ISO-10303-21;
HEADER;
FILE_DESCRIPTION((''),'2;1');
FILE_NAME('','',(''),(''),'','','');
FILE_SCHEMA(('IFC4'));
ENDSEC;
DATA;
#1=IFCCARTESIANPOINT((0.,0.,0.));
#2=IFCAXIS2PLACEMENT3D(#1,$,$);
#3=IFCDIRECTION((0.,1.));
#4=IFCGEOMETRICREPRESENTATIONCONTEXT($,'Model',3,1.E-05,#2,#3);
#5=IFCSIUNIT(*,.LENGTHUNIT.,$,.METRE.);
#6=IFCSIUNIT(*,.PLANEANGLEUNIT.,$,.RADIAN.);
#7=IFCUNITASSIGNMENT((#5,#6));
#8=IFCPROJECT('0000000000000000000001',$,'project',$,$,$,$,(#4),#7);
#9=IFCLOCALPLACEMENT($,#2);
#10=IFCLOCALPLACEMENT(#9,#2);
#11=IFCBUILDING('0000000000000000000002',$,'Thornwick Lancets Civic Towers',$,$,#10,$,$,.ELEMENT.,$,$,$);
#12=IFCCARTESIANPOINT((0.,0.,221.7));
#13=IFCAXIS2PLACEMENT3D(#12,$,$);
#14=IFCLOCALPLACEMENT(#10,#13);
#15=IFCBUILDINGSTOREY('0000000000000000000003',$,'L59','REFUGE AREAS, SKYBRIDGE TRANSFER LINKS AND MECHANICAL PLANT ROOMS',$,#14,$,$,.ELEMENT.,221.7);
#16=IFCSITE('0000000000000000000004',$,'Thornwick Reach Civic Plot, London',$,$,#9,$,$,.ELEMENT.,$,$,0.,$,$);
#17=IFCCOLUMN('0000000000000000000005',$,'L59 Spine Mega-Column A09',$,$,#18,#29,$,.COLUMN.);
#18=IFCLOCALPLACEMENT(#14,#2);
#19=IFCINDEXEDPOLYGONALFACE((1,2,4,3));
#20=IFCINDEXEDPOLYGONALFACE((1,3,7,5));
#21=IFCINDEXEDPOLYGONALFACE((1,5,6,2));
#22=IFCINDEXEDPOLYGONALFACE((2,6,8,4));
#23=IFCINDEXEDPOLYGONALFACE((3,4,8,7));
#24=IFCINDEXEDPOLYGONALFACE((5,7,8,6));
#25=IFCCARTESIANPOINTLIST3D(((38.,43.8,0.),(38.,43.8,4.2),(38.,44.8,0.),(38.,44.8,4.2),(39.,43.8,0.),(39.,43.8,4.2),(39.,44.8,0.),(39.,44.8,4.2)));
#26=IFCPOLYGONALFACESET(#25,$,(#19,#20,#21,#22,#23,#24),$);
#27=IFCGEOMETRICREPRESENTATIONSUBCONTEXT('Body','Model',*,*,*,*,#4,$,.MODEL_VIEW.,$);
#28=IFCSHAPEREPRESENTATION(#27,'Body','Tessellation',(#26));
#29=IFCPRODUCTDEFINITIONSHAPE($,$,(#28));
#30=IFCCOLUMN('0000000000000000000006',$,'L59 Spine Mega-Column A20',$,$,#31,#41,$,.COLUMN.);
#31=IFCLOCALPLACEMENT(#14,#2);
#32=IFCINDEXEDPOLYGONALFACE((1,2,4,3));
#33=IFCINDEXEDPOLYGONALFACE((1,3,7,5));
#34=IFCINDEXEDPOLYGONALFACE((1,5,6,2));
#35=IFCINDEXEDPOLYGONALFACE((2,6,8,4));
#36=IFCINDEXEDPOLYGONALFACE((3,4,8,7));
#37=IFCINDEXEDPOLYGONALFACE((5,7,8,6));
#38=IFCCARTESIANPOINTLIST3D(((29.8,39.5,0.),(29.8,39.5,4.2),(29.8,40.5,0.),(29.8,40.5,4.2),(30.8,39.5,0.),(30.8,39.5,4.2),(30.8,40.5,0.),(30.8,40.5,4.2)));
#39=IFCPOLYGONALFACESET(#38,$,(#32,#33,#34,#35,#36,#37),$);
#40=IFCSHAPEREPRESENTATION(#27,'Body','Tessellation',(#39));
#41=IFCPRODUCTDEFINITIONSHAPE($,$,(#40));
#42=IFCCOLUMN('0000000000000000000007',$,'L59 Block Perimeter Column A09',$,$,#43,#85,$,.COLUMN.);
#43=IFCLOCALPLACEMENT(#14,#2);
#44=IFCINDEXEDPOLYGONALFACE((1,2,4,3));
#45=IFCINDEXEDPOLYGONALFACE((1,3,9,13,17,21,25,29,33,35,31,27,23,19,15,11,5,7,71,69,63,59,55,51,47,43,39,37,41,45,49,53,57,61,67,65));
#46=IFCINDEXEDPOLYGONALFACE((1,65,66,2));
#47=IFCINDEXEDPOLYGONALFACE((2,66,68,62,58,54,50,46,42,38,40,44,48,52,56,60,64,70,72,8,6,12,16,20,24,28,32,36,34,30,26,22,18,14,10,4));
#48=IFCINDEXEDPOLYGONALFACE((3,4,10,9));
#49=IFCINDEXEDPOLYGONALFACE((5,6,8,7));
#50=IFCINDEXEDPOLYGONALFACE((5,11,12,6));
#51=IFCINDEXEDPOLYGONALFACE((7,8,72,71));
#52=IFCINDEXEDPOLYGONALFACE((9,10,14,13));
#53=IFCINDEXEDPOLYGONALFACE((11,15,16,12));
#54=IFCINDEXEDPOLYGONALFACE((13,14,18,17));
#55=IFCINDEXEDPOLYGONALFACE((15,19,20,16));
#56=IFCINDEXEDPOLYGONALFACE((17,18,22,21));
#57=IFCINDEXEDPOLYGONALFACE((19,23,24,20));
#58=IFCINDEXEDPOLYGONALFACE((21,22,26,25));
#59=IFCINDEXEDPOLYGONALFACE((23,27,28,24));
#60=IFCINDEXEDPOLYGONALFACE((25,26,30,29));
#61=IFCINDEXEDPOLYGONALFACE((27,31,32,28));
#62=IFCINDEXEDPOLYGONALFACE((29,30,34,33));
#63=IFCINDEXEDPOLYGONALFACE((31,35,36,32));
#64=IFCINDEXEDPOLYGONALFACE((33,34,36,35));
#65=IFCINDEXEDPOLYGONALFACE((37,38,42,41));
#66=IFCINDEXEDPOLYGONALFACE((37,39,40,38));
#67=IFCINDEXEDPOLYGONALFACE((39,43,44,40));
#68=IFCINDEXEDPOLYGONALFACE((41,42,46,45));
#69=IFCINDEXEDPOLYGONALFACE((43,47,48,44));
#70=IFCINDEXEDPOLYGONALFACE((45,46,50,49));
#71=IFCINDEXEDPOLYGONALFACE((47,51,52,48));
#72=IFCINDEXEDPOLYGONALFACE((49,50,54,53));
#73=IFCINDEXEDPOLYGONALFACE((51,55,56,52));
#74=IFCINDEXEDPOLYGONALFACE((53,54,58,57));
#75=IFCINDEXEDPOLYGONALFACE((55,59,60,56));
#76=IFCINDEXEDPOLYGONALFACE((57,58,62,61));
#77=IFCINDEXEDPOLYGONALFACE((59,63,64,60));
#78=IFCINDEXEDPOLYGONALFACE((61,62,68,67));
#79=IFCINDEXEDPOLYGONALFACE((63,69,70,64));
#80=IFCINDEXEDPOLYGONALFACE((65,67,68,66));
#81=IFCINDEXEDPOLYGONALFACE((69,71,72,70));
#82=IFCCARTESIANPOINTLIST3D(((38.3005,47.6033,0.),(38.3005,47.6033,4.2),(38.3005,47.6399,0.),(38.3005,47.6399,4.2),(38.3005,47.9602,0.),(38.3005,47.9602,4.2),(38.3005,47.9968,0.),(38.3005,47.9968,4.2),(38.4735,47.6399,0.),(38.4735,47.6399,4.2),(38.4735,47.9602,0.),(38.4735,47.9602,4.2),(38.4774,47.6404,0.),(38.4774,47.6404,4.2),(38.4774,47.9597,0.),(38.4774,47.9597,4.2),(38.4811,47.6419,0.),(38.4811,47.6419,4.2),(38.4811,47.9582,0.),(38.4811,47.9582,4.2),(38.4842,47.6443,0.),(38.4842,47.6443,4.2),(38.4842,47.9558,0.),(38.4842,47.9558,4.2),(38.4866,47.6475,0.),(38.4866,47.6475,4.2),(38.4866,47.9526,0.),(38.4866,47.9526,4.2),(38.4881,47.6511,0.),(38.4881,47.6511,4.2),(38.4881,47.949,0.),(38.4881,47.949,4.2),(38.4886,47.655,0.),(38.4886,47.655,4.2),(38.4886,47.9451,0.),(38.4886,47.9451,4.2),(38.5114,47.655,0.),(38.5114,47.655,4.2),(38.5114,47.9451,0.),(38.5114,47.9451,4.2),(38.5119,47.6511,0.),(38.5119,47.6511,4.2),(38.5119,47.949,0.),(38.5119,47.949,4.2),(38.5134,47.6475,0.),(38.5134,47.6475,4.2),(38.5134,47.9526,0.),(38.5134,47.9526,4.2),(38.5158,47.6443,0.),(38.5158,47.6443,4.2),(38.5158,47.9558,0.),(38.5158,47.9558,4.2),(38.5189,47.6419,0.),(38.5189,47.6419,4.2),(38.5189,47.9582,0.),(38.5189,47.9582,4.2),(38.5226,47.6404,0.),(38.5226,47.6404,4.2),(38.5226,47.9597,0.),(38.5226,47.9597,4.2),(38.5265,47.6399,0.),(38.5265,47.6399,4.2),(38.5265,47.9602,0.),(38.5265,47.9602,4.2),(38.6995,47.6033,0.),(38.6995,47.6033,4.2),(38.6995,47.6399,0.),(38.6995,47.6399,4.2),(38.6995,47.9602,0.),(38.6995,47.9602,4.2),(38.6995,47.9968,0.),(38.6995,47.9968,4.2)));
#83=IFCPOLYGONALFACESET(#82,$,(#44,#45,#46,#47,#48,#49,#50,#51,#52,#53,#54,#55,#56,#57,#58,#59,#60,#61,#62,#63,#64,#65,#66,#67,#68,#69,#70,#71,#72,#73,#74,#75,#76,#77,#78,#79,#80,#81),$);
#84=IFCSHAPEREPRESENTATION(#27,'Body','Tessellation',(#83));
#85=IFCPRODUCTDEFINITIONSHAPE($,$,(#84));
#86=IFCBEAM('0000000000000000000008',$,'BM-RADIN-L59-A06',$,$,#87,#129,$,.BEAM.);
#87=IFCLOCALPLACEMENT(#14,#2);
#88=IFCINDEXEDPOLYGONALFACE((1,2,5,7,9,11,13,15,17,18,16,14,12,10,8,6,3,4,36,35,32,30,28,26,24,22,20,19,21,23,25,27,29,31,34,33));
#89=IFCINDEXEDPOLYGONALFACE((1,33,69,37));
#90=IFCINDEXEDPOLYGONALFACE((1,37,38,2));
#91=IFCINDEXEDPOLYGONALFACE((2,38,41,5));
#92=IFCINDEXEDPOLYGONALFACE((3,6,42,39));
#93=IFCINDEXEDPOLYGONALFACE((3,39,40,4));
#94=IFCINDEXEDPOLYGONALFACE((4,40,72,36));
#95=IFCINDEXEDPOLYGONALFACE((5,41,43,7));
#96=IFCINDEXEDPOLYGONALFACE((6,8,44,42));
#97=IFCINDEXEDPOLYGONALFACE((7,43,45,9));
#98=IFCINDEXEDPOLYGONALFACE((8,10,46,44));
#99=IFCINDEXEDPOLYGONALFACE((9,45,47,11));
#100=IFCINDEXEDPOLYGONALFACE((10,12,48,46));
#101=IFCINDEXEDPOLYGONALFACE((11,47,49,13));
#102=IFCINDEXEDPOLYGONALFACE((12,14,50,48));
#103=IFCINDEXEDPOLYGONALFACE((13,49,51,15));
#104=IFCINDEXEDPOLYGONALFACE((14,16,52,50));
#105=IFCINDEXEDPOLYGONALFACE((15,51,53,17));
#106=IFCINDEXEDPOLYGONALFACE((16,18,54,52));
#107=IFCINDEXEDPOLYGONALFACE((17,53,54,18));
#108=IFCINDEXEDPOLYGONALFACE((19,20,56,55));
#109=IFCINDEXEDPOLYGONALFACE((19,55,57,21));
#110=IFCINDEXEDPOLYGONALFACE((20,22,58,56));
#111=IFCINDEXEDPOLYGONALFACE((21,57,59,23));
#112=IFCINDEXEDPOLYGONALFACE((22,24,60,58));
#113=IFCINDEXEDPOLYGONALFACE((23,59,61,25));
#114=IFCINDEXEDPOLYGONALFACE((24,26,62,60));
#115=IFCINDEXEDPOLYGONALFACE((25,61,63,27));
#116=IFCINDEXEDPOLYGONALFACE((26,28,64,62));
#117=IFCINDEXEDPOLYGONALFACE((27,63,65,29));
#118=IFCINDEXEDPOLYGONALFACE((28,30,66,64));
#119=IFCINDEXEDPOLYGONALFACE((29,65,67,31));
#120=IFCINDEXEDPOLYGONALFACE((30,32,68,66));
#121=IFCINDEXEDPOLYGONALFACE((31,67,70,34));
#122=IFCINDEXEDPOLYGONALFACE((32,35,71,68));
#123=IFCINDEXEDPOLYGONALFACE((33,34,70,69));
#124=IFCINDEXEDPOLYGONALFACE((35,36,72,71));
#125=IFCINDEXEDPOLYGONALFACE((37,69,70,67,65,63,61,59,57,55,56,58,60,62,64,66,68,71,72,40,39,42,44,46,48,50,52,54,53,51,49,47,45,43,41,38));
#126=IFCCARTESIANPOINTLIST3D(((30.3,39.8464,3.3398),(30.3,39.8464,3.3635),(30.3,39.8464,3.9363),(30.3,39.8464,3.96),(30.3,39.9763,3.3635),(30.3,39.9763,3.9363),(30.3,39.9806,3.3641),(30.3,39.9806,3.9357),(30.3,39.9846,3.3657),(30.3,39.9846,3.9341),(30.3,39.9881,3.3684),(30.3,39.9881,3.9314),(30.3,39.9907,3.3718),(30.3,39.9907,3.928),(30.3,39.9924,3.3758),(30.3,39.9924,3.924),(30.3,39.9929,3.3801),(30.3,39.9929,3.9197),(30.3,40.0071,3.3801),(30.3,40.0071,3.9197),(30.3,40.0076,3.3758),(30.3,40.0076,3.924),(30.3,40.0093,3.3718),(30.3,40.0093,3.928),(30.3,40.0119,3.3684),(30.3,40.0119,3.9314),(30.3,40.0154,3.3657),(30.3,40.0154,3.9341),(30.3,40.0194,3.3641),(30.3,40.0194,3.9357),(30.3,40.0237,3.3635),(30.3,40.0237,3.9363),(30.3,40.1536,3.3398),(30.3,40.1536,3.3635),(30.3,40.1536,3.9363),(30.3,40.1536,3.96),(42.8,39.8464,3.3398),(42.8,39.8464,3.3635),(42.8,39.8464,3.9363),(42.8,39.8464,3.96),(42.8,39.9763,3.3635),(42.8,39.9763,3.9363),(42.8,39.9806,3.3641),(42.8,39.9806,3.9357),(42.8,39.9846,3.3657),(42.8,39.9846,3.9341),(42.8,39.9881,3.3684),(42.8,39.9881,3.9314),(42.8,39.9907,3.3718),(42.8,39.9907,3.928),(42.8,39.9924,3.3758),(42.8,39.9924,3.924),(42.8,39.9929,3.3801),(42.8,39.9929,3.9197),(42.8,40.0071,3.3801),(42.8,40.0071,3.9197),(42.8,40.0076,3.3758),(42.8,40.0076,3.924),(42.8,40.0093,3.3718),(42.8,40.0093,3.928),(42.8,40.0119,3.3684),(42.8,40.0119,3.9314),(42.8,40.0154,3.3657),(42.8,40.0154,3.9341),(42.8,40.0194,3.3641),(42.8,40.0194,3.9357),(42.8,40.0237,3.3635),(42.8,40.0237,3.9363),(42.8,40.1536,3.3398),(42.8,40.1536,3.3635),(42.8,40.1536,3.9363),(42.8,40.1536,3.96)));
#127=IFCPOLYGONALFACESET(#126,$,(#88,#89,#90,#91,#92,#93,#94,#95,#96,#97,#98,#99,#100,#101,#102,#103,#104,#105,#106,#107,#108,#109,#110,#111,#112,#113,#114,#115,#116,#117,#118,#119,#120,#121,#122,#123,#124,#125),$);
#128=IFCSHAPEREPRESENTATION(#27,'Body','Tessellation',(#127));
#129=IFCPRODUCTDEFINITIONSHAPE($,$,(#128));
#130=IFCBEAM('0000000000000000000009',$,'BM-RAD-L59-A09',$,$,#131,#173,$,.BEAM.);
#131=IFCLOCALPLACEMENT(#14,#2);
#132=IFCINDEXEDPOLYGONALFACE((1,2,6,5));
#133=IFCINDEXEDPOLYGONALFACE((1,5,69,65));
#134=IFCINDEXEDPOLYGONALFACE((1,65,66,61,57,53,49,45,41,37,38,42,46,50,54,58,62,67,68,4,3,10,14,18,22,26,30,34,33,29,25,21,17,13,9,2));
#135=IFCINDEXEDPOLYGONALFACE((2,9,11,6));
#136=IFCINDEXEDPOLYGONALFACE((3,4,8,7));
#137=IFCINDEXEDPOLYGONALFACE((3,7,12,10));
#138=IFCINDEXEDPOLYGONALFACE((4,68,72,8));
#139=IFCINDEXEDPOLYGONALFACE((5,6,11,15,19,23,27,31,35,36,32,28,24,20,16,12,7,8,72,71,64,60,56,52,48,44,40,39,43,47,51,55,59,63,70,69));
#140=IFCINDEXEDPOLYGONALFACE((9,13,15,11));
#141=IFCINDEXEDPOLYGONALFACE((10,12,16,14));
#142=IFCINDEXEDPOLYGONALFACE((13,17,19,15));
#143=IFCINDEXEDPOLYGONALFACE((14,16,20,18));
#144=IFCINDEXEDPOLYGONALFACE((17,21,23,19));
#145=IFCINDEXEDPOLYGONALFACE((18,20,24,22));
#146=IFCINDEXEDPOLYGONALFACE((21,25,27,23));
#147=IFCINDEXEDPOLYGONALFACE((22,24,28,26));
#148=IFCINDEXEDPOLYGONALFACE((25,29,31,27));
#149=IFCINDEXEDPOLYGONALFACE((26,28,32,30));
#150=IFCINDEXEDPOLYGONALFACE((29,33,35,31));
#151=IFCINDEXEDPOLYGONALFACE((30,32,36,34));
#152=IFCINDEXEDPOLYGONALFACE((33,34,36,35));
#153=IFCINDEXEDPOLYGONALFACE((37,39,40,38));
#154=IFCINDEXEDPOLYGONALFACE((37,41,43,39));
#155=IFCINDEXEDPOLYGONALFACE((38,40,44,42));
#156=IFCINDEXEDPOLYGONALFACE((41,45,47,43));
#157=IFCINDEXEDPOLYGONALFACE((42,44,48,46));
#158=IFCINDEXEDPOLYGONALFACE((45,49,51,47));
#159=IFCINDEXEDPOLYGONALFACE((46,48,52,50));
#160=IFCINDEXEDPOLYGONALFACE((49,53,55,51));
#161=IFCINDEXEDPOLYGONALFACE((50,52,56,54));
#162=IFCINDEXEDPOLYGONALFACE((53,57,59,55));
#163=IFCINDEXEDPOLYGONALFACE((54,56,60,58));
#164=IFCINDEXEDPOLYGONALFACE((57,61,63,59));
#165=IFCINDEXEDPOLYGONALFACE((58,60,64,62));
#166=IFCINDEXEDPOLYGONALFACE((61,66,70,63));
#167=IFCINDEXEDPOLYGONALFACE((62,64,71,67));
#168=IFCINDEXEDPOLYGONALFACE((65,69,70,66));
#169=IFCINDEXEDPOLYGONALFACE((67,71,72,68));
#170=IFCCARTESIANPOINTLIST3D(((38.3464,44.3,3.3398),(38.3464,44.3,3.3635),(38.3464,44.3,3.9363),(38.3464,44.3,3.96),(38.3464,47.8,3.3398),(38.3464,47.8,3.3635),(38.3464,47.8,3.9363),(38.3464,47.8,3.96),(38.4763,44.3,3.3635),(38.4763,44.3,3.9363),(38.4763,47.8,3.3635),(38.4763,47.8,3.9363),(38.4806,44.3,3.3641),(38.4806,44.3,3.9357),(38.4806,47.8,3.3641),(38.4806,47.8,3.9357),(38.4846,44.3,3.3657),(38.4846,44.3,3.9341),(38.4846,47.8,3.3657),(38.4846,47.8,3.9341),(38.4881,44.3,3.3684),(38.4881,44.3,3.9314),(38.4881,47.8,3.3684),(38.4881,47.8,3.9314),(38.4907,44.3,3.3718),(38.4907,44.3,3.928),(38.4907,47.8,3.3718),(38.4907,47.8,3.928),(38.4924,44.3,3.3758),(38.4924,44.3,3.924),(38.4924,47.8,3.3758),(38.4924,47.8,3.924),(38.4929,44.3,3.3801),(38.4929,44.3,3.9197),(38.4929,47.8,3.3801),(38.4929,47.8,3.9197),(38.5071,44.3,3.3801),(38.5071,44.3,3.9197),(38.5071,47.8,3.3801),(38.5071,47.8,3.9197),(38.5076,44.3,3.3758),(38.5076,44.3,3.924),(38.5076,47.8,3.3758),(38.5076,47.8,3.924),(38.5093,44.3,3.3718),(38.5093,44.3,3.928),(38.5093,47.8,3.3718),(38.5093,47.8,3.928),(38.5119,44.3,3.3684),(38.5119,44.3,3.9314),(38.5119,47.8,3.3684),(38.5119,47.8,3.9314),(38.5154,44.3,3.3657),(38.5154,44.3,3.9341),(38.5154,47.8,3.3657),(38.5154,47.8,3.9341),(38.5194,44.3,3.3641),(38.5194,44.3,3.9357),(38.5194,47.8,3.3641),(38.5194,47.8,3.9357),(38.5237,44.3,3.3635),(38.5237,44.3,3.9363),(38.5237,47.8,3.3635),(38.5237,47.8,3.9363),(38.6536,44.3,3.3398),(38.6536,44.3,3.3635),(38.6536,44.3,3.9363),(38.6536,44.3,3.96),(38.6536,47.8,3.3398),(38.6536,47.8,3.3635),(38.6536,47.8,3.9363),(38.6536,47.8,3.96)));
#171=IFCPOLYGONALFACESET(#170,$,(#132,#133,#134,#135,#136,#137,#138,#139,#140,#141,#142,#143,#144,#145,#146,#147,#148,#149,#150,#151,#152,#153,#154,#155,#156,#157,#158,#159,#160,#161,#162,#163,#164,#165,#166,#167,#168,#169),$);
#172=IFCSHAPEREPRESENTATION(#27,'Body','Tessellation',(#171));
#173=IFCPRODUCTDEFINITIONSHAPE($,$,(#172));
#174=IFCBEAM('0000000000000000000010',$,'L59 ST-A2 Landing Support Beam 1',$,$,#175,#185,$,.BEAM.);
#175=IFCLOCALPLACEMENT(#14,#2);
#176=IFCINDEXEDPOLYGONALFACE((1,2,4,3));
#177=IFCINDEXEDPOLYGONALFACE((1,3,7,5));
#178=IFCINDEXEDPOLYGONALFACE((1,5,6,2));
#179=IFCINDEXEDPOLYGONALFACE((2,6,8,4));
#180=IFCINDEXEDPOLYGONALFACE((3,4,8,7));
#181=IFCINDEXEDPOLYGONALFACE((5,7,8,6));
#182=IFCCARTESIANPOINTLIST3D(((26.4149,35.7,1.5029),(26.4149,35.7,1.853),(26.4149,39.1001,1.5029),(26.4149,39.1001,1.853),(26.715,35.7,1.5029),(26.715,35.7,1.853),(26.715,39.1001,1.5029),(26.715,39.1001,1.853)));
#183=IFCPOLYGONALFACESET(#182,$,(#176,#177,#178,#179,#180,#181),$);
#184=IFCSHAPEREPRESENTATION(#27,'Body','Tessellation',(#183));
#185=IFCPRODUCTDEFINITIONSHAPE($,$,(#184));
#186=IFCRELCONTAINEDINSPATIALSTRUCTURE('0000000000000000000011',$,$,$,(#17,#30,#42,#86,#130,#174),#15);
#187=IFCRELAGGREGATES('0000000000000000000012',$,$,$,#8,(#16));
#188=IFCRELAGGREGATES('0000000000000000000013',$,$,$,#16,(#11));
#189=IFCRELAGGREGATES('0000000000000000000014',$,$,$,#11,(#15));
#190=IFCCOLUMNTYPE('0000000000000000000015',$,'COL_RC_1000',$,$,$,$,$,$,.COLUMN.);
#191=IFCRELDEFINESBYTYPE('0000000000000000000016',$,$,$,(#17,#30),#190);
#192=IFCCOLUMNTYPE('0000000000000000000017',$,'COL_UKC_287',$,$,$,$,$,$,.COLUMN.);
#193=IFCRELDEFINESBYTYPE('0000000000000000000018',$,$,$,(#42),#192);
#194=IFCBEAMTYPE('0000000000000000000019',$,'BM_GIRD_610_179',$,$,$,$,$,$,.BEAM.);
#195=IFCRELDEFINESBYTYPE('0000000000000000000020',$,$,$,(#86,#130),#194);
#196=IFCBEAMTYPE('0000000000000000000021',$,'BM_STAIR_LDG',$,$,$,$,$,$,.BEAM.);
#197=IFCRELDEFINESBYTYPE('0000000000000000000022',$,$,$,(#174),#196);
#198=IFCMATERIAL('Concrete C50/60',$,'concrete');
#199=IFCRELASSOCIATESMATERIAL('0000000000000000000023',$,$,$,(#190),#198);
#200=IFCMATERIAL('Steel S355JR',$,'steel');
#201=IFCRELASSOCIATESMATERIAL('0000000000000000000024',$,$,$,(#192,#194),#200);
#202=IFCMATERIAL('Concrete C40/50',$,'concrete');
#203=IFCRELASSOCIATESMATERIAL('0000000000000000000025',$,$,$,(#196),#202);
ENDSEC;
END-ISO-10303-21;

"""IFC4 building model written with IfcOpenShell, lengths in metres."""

from ifc_helpers import new_model, si_unit, direction, frame, origin, origin_2d, place, context, subcontext, project, spatial, rectangle, i_section, extrude, material, material_profile, profile_set, type_object, element, save


model = new_model("IFC4")

# Units and contexts
model_context = context("Model", 3, precision=1e-05, world=origin(), true_north=direction((0.0, 1.0)))
body_context = subcontext(model_context, "Body", "Model", "MODEL_VIEW")
ifc_project = project(units=[si_unit("LENGTHUNIT", "METRE"), si_unit("PLANEANGLEUNIT", "RADIAN")], contexts=[model_context])

# Site, building, storey
site_placement = place(None, origin())
site = spatial("IfcSite", under=ifc_project, at=site_placement, Name="Thornwick Reach Civic Plot, London", CompositionType="ELEMENT", RefElevation=0.0)
building_placement = place(site_placement, origin())
building = spatial("IfcBuilding", under=site, at=building_placement, Name="Thornwick Lancets Civic Towers", CompositionType="ELEMENT")
storey_placement = place(building_placement, frame((0.0, 0.0, 221.7)))
storey = spatial("IfcBuildingStorey", under=building, at=storey_placement, Name="L59", Description="REFUGE AREAS, SKYBRIDGE TRANSFER LINKS AND MECHANICAL PLANT ROOMS", CompositionType="ELEMENT", Elevation=221.7)

# Columns
ifc_material_1 = material(Name="Concrete C50/60", Category="concrete")
ifc_material_profile_1 = material_profile(ifc_material_1, rectangle(XDim=1.0, YDim=1.0, at=origin_2d()), Name="RC 1000x1000")
ifc_profile_set_1 = profile_set([ifc_material_profile_1], Name="Concrete C50/60")
column_type_1 = type_object("IfcColumnType", Name="COL_RC_1000", PredefinedType="COLUMN", material=ifc_profile_set_1)
for number, where, z_axis, x_axis, name in (
    (1, (38.5, 44.3, 0.0), (0.0, 0.0, 1.0), (1.0, 0.0, 0.0), "L59 Spine Mega-Column A09"),
    (2, (30.3, 40.0, 0.0), (0.0, 0.0, 1.0), (1.0, 0.0, 0.0), "L59 Spine Mega-Column A20"),
):
    element("IfcColumn", number, at=place(storey_placement, frame(where, z_axis=z_axis, x_axis=x_axis)), inside=storey, type_object=column_type_1, Name=name, PredefinedType="COLUMN", context=body_context, shape_type="SweptSolid", body=[
        extrude(rectangle(XDim=1.0, YDim=1.0, at=origin_2d()), origin(), (0.0, 0.0, 1.0), 4.2),
    ])
ifc_material_2 = material(Name="Steel S355JR", Category="steel")
ifc_material_profile_2 = material_profile(ifc_material_2, i_section(OverallWidth=0.3989, OverallDepth=0.3936, WebThickness=0.0227, FlangeThickness=0.0366, FilletRadius=0.0151, at=origin_2d()), Name="UKC 356x406x287")
ifc_profile_set_2 = profile_set([ifc_material_profile_2], Name="Steel S355JR")
column_type_2 = type_object("IfcColumnType", Name="COL_UKC_287", PredefinedType="COLUMN", material=ifc_profile_set_2)
column_placement = place(storey_placement, frame((38.5, 47.8, 0.0), z_axis=(0.0, 0.0, 1.0), x_axis=(1.0, 0.0, 0.0)))
element("IfcColumn", 3, at=column_placement, inside=storey, type_object=column_type_2, Name="L59 Block Perimeter Column A09", PredefinedType="COLUMN", context=body_context, shape_type="SweptSolid", body=[
    extrude(i_section(OverallWidth=0.3989, OverallDepth=0.3936, WebThickness=0.0227, FlangeThickness=0.0366, FilletRadius=0.0151, at=origin_2d()), origin(), (0.0, 0.0, 1.0), 4.2),
])

# Beams
ifc_material_profile_3 = material_profile(ifc_material_2, i_section(OverallWidth=0.3071, OverallDepth=0.6201, WebThickness=0.0142, FlangeThickness=0.0237, FilletRadius=0.0166, at=origin_2d()), Name="UKB 610x305x179")
ifc_profile_set_3 = profile_set([ifc_material_profile_3], Name="Steel S355JR")
beam_type_1 = type_object("IfcBeamType", Name="BM_GIRD_610_179", PredefinedType="BEAM", material=ifc_profile_set_3)
beam_1_placement = place(storey_placement, frame((30.3, 40.0, 3.6499), z_axis=(1.0, 0.0, 0.0), x_axis=(0.0, 1.0, 0.0)))
element("IfcBeam", 4, at=beam_1_placement, inside=storey, type_object=beam_type_1, Name="BM-RADIN-L59-A06", PredefinedType="BEAM", context=body_context, shape_type="SweptSolid", body=[
    extrude(i_section(OverallWidth=0.3071, OverallDepth=0.6201, WebThickness=0.0142, FlangeThickness=0.0237, FilletRadius=0.0166, at=origin_2d()), origin(), (0.0, 0.0, 1.0), 12.5),
])
beam_2_placement = place(storey_placement, frame((38.5, 44.3, 3.6499), z_axis=(0.0, 1.0, 0.0), x_axis=(-1.0, 0.0, 0.0)))
element("IfcBeam", 5, at=beam_2_placement, inside=storey, type_object=beam_type_1, Name="BM-RAD-L59-A09", PredefinedType="BEAM", context=body_context, shape_type="SweptSolid", body=[
    extrude(i_section(OverallWidth=0.3071, OverallDepth=0.6201, WebThickness=0.0142, FlangeThickness=0.0237, FilletRadius=0.0166, at=origin_2d()), origin(), (0.0, 0.0, 1.0), 3.5),
])
ifc_material_3 = material(Name="Concrete C40/50", Category="concrete")
ifc_material_profile_4 = material_profile(ifc_material_3, rectangle(XDim=0.3, YDim=0.3501, at=origin_2d()), Name="RC 300x350")
ifc_profile_set_4 = profile_set([ifc_material_profile_4], Name="Concrete C40/50")
beam_type_2 = type_object("IfcBeamType", Name="BM_STAIR_LDG", PredefinedType="BEAM", material=ifc_profile_set_4)
beam_3_placement = place(storey_placement, frame((26.5649, 39.1001, 1.678), z_axis=(0.0, -1.0, 0.0), x_axis=(1.0, 0.0, 0.0)))
element("IfcBeam", 6, at=beam_3_placement, inside=storey, type_object=beam_type_2, Name="L59 ST-A2 Landing Support Beam 1", PredefinedType="BEAM", context=body_context, shape_type="SweptSolid", body=[
    extrude(rectangle(XDim=0.3, YDim=0.3501, at=origin_2d()), origin(), (0.0, 0.0, 1.0), 3.4001),
])

save(model, "model.ifc")
